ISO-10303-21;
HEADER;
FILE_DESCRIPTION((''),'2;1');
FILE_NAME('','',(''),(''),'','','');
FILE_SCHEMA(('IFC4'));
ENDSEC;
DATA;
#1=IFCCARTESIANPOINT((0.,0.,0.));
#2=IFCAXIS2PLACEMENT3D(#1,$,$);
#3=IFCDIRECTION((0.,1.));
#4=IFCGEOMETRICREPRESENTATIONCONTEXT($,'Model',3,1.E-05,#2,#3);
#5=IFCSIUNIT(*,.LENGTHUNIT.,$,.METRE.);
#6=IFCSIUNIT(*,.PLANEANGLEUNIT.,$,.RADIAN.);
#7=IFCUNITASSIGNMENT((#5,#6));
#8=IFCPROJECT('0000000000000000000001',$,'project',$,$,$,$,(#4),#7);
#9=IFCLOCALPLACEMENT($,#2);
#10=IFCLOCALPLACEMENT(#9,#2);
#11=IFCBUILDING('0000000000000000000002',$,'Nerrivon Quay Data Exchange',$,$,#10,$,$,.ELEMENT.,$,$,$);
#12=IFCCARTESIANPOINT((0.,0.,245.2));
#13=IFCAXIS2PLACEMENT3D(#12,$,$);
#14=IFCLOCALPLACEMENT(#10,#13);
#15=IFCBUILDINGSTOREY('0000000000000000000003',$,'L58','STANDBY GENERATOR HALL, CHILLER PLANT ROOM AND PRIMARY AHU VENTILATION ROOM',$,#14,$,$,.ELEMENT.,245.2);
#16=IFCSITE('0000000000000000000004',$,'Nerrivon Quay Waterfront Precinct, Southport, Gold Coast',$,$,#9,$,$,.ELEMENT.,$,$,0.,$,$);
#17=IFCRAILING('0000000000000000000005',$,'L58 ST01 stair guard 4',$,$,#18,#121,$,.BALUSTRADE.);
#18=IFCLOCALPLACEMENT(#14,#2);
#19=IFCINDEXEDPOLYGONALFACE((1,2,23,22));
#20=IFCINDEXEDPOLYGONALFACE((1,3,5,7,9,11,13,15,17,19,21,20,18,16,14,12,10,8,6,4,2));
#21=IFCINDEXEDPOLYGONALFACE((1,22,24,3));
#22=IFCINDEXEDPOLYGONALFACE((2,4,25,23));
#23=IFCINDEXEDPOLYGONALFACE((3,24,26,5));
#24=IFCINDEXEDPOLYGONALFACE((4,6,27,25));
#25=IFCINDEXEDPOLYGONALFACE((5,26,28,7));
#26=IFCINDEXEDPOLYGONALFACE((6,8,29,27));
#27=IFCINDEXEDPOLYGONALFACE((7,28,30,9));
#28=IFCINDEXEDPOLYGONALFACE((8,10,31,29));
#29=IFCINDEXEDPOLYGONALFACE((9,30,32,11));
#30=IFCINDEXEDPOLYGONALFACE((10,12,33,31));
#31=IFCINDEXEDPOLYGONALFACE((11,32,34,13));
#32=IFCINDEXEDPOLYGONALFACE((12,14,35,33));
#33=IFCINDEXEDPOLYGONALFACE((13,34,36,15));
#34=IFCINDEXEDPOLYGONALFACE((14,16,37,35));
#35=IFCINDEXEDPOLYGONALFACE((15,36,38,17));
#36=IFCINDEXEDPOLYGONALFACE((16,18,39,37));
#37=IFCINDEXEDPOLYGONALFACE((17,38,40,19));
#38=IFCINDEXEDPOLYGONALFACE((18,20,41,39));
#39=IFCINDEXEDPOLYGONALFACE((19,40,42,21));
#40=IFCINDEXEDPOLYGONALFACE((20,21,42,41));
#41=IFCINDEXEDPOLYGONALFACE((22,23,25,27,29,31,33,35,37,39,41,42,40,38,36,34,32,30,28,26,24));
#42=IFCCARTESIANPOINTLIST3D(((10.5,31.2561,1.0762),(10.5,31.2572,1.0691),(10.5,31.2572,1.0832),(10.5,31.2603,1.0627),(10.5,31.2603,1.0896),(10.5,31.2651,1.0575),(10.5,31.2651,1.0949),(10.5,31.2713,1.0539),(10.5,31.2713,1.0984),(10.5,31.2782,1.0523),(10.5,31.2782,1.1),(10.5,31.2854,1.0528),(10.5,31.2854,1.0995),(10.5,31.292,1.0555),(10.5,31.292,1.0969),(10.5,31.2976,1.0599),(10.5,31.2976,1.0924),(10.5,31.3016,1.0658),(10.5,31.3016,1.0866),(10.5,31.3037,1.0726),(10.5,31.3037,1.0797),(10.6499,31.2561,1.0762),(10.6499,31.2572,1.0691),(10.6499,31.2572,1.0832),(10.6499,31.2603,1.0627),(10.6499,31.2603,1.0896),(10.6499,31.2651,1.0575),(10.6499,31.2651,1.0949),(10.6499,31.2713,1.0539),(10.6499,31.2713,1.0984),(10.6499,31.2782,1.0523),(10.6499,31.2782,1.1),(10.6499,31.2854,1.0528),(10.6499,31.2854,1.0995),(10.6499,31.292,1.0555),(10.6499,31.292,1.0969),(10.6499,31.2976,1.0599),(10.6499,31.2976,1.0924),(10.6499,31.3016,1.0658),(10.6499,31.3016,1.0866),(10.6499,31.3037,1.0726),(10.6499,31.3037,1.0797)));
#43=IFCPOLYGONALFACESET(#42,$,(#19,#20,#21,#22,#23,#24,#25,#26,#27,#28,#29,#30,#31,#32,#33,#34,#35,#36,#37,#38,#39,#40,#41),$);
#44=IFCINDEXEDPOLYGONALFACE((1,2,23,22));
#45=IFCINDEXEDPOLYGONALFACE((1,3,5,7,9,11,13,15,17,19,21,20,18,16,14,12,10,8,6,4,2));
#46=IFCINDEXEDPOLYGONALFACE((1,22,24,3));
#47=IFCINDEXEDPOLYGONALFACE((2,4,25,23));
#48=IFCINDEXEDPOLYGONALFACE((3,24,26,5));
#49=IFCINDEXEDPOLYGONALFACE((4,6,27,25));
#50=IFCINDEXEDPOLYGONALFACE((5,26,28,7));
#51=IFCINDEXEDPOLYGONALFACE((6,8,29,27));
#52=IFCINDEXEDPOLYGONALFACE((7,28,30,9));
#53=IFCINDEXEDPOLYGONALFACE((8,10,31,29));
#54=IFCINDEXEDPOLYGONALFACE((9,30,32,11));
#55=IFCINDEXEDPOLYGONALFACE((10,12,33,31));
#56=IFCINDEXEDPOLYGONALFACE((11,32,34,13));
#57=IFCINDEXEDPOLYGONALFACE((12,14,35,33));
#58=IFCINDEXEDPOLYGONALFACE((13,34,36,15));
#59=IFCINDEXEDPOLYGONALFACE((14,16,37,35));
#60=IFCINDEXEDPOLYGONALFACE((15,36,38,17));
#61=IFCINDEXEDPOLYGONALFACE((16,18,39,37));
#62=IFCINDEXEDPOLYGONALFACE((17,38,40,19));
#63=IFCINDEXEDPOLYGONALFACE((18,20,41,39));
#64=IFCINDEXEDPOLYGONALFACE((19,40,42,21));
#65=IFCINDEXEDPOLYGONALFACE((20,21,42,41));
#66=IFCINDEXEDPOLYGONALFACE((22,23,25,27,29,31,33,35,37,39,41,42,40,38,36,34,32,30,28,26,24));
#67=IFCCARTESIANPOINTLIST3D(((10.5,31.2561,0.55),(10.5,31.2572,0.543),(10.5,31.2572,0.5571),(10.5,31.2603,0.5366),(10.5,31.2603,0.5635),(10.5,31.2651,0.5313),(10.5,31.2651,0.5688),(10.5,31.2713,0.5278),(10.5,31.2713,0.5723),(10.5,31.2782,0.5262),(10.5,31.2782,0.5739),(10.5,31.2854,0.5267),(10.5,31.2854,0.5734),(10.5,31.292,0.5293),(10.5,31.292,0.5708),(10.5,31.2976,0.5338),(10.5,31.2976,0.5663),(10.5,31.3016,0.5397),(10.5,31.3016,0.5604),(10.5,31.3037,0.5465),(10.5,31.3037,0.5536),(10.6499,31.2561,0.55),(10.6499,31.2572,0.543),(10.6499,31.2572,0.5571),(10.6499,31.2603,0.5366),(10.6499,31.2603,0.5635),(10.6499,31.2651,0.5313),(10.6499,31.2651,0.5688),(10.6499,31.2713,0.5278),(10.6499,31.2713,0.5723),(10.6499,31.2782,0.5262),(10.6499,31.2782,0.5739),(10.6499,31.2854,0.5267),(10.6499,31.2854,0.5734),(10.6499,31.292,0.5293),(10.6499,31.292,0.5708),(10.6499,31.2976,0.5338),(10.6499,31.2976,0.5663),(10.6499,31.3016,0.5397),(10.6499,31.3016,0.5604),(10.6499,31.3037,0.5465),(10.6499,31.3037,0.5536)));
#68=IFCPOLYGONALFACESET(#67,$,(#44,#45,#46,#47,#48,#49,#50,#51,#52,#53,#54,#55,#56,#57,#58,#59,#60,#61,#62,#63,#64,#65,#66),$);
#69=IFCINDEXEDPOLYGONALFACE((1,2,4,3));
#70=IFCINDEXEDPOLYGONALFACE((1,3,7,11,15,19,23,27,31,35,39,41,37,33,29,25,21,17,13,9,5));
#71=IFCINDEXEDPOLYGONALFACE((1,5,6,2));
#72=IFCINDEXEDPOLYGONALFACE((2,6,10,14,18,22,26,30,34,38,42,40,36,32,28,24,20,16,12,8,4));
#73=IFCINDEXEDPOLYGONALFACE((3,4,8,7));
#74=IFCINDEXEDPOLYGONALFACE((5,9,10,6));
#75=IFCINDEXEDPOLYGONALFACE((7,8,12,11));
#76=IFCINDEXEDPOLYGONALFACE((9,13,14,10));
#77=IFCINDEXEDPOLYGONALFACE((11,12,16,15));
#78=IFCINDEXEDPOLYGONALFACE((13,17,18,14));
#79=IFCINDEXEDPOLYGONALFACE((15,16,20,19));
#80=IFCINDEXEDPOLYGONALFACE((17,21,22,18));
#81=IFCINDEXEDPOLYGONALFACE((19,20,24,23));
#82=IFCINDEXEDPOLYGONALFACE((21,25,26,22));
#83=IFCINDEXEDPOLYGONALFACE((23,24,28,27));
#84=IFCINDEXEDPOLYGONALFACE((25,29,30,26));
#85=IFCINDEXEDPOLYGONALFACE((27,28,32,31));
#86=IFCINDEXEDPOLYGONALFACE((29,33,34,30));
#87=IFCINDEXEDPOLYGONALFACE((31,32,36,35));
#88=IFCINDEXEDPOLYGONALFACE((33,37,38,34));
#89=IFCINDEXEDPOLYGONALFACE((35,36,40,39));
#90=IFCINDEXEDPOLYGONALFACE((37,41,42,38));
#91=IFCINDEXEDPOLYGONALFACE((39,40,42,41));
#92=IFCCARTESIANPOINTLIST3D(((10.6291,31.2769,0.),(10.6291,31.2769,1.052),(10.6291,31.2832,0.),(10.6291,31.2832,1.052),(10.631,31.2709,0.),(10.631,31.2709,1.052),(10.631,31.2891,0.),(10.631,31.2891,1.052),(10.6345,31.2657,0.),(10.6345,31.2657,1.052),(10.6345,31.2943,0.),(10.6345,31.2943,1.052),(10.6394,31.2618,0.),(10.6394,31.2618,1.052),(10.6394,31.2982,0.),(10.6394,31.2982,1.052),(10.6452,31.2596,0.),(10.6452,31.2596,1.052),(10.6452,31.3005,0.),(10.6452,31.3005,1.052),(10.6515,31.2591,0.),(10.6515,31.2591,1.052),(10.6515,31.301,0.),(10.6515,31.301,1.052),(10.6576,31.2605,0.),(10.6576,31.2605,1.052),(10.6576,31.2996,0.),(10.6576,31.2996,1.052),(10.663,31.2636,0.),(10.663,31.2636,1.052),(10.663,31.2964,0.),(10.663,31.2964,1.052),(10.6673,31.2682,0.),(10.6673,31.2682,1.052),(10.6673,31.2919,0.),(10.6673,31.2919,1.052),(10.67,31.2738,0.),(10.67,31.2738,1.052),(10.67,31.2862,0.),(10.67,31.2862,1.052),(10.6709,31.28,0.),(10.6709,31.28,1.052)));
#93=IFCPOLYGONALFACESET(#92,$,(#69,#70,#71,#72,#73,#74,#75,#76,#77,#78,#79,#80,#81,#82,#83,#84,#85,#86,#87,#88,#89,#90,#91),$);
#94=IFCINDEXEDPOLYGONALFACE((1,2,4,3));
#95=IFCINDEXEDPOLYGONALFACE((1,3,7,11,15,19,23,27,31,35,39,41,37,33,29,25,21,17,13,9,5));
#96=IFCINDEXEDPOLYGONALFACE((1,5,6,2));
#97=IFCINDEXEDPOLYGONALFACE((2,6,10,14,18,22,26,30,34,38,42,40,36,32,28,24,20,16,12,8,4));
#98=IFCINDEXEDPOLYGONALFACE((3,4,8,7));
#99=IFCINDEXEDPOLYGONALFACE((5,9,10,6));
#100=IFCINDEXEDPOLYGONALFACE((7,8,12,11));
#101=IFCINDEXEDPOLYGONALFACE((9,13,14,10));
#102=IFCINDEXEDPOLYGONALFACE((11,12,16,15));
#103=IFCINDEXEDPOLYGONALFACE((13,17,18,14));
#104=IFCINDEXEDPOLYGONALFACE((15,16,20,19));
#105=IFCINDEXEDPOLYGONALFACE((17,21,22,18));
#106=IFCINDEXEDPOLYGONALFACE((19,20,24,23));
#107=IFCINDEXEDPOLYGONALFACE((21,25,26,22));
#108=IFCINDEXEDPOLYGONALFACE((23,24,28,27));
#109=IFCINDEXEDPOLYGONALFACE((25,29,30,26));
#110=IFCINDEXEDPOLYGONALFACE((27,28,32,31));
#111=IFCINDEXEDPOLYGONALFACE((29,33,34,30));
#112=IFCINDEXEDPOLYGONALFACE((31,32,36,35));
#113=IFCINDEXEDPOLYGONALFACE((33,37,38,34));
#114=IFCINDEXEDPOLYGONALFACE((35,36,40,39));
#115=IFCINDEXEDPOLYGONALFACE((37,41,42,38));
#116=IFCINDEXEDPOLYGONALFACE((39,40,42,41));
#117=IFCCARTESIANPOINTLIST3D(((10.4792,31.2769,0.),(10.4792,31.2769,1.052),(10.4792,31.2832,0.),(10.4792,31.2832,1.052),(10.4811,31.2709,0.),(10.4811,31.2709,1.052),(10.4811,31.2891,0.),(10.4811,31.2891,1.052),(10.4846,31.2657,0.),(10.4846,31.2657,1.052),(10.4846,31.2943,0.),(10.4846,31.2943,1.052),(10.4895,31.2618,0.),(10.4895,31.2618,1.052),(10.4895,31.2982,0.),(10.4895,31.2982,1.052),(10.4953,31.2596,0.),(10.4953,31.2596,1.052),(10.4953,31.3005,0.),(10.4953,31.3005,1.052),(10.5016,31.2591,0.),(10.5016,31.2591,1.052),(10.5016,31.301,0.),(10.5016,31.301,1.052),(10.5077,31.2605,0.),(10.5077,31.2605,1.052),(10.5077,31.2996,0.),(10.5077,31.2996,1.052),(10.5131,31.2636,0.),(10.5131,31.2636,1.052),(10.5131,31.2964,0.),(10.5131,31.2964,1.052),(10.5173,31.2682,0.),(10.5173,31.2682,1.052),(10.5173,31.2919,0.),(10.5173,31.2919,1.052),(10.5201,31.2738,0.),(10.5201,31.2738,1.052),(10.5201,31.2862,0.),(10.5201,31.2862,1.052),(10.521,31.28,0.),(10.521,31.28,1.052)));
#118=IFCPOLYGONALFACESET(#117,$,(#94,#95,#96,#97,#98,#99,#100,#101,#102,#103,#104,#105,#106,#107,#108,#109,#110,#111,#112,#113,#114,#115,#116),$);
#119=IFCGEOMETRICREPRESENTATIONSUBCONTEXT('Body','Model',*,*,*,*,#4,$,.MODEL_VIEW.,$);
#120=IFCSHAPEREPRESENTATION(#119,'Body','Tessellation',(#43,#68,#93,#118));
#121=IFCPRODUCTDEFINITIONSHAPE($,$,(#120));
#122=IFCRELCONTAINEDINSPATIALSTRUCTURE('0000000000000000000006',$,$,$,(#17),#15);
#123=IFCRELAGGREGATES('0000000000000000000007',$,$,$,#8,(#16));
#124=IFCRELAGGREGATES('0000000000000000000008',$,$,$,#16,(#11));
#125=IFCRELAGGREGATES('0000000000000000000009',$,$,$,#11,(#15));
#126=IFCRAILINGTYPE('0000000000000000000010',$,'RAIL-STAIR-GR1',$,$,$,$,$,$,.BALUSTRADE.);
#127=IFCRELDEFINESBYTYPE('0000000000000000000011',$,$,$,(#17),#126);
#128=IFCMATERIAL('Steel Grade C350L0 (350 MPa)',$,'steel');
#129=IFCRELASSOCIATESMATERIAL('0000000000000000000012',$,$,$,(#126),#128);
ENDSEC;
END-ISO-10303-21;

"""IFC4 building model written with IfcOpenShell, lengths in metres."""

from ifc_helpers import new_model, si_unit, direction, frame, origin, origin_2d, place, context, subcontext, project, spatial, circle, extrude, material, type_object, element, save


model = new_model("IFC4")

# Units and contexts
model_context = context("Model", 3, precision=1e-05, world=origin(), true_north=direction((0.0, 1.0)))
body_context = subcontext(model_context, "Body", "Model", "MODEL_VIEW")
ifc_project = project(units=[si_unit("LENGTHUNIT", "METRE"), si_unit("PLANEANGLEUNIT", "RADIAN")], contexts=[model_context])

# Site, building, storey
site_placement = place(None, origin())
site = spatial("IfcSite", under=ifc_project, at=site_placement, Name="Nerrivon Quay Waterfront Precinct, Southport, Gold Coast", CompositionType="ELEMENT", RefElevation=0.0)
building_placement = place(site_placement, origin())
building = spatial("IfcBuilding", under=site, at=building_placement, Name="Nerrivon Quay Data Exchange", CompositionType="ELEMENT")
storey_placement = place(building_placement, frame((0.0, 0.0, 245.2)))
storey = spatial("IfcBuildingStorey", under=building, at=storey_placement, Name="L58", Description="STANDBY GENERATOR HALL, CHILLER PLANT ROOM AND PRIMARY AHU VENTILATION ROOM", CompositionType="ELEMENT", Elevation=245.2)

# Railing
ifc_material_1 = material(Name="Steel Grade C350L0 (350 MPa)", Category="steel")
railing_type_1 = type_object("IfcRailingType", Name="RAIL-STAIR-GR1", PredefinedType="BALUSTRADE", material=ifc_material_1)
railing_1_placement = place(storey_placement, frame((10.6499, 31.28, 0.0)))
element("IfcRailing", 1, at=railing_1_placement, inside=storey, type_object=railing_type_1, Name="L58 ST01 stair guard 4", PredefinedType="BALUSTRADE", context=body_context, shape_type="SweptSolid", body=[
    extrude(circle(Radius=0.0239, at=origin_2d()), frame((0.0, 0.0, 1.0762), z_axis=(-1.0, 0.0, 0.0), x_axis=(0.0, -1.0, 0.0)), (0.0, 0.0, 1.0), 0.1499),
    extrude(circle(Radius=0.0239, at=origin_2d()), frame((0.0, 0.0, 0.55), z_axis=(-1.0, 0.0, 0.0), x_axis=(0.0, -1.0, 0.0)), (0.0, 0.0, 1.0), 0.1499),
    extrude(circle(Radius=0.021, at=origin_2d()), origin(), (0.0, 0.0, 1.0), 1.052),
    extrude(circle(Radius=0.021, at=origin_2d()), frame((-0.1499, 0.0, 0.0)), (0.0, 0.0, 1.0), 1.052),
])

save(model, "model.ifc")
